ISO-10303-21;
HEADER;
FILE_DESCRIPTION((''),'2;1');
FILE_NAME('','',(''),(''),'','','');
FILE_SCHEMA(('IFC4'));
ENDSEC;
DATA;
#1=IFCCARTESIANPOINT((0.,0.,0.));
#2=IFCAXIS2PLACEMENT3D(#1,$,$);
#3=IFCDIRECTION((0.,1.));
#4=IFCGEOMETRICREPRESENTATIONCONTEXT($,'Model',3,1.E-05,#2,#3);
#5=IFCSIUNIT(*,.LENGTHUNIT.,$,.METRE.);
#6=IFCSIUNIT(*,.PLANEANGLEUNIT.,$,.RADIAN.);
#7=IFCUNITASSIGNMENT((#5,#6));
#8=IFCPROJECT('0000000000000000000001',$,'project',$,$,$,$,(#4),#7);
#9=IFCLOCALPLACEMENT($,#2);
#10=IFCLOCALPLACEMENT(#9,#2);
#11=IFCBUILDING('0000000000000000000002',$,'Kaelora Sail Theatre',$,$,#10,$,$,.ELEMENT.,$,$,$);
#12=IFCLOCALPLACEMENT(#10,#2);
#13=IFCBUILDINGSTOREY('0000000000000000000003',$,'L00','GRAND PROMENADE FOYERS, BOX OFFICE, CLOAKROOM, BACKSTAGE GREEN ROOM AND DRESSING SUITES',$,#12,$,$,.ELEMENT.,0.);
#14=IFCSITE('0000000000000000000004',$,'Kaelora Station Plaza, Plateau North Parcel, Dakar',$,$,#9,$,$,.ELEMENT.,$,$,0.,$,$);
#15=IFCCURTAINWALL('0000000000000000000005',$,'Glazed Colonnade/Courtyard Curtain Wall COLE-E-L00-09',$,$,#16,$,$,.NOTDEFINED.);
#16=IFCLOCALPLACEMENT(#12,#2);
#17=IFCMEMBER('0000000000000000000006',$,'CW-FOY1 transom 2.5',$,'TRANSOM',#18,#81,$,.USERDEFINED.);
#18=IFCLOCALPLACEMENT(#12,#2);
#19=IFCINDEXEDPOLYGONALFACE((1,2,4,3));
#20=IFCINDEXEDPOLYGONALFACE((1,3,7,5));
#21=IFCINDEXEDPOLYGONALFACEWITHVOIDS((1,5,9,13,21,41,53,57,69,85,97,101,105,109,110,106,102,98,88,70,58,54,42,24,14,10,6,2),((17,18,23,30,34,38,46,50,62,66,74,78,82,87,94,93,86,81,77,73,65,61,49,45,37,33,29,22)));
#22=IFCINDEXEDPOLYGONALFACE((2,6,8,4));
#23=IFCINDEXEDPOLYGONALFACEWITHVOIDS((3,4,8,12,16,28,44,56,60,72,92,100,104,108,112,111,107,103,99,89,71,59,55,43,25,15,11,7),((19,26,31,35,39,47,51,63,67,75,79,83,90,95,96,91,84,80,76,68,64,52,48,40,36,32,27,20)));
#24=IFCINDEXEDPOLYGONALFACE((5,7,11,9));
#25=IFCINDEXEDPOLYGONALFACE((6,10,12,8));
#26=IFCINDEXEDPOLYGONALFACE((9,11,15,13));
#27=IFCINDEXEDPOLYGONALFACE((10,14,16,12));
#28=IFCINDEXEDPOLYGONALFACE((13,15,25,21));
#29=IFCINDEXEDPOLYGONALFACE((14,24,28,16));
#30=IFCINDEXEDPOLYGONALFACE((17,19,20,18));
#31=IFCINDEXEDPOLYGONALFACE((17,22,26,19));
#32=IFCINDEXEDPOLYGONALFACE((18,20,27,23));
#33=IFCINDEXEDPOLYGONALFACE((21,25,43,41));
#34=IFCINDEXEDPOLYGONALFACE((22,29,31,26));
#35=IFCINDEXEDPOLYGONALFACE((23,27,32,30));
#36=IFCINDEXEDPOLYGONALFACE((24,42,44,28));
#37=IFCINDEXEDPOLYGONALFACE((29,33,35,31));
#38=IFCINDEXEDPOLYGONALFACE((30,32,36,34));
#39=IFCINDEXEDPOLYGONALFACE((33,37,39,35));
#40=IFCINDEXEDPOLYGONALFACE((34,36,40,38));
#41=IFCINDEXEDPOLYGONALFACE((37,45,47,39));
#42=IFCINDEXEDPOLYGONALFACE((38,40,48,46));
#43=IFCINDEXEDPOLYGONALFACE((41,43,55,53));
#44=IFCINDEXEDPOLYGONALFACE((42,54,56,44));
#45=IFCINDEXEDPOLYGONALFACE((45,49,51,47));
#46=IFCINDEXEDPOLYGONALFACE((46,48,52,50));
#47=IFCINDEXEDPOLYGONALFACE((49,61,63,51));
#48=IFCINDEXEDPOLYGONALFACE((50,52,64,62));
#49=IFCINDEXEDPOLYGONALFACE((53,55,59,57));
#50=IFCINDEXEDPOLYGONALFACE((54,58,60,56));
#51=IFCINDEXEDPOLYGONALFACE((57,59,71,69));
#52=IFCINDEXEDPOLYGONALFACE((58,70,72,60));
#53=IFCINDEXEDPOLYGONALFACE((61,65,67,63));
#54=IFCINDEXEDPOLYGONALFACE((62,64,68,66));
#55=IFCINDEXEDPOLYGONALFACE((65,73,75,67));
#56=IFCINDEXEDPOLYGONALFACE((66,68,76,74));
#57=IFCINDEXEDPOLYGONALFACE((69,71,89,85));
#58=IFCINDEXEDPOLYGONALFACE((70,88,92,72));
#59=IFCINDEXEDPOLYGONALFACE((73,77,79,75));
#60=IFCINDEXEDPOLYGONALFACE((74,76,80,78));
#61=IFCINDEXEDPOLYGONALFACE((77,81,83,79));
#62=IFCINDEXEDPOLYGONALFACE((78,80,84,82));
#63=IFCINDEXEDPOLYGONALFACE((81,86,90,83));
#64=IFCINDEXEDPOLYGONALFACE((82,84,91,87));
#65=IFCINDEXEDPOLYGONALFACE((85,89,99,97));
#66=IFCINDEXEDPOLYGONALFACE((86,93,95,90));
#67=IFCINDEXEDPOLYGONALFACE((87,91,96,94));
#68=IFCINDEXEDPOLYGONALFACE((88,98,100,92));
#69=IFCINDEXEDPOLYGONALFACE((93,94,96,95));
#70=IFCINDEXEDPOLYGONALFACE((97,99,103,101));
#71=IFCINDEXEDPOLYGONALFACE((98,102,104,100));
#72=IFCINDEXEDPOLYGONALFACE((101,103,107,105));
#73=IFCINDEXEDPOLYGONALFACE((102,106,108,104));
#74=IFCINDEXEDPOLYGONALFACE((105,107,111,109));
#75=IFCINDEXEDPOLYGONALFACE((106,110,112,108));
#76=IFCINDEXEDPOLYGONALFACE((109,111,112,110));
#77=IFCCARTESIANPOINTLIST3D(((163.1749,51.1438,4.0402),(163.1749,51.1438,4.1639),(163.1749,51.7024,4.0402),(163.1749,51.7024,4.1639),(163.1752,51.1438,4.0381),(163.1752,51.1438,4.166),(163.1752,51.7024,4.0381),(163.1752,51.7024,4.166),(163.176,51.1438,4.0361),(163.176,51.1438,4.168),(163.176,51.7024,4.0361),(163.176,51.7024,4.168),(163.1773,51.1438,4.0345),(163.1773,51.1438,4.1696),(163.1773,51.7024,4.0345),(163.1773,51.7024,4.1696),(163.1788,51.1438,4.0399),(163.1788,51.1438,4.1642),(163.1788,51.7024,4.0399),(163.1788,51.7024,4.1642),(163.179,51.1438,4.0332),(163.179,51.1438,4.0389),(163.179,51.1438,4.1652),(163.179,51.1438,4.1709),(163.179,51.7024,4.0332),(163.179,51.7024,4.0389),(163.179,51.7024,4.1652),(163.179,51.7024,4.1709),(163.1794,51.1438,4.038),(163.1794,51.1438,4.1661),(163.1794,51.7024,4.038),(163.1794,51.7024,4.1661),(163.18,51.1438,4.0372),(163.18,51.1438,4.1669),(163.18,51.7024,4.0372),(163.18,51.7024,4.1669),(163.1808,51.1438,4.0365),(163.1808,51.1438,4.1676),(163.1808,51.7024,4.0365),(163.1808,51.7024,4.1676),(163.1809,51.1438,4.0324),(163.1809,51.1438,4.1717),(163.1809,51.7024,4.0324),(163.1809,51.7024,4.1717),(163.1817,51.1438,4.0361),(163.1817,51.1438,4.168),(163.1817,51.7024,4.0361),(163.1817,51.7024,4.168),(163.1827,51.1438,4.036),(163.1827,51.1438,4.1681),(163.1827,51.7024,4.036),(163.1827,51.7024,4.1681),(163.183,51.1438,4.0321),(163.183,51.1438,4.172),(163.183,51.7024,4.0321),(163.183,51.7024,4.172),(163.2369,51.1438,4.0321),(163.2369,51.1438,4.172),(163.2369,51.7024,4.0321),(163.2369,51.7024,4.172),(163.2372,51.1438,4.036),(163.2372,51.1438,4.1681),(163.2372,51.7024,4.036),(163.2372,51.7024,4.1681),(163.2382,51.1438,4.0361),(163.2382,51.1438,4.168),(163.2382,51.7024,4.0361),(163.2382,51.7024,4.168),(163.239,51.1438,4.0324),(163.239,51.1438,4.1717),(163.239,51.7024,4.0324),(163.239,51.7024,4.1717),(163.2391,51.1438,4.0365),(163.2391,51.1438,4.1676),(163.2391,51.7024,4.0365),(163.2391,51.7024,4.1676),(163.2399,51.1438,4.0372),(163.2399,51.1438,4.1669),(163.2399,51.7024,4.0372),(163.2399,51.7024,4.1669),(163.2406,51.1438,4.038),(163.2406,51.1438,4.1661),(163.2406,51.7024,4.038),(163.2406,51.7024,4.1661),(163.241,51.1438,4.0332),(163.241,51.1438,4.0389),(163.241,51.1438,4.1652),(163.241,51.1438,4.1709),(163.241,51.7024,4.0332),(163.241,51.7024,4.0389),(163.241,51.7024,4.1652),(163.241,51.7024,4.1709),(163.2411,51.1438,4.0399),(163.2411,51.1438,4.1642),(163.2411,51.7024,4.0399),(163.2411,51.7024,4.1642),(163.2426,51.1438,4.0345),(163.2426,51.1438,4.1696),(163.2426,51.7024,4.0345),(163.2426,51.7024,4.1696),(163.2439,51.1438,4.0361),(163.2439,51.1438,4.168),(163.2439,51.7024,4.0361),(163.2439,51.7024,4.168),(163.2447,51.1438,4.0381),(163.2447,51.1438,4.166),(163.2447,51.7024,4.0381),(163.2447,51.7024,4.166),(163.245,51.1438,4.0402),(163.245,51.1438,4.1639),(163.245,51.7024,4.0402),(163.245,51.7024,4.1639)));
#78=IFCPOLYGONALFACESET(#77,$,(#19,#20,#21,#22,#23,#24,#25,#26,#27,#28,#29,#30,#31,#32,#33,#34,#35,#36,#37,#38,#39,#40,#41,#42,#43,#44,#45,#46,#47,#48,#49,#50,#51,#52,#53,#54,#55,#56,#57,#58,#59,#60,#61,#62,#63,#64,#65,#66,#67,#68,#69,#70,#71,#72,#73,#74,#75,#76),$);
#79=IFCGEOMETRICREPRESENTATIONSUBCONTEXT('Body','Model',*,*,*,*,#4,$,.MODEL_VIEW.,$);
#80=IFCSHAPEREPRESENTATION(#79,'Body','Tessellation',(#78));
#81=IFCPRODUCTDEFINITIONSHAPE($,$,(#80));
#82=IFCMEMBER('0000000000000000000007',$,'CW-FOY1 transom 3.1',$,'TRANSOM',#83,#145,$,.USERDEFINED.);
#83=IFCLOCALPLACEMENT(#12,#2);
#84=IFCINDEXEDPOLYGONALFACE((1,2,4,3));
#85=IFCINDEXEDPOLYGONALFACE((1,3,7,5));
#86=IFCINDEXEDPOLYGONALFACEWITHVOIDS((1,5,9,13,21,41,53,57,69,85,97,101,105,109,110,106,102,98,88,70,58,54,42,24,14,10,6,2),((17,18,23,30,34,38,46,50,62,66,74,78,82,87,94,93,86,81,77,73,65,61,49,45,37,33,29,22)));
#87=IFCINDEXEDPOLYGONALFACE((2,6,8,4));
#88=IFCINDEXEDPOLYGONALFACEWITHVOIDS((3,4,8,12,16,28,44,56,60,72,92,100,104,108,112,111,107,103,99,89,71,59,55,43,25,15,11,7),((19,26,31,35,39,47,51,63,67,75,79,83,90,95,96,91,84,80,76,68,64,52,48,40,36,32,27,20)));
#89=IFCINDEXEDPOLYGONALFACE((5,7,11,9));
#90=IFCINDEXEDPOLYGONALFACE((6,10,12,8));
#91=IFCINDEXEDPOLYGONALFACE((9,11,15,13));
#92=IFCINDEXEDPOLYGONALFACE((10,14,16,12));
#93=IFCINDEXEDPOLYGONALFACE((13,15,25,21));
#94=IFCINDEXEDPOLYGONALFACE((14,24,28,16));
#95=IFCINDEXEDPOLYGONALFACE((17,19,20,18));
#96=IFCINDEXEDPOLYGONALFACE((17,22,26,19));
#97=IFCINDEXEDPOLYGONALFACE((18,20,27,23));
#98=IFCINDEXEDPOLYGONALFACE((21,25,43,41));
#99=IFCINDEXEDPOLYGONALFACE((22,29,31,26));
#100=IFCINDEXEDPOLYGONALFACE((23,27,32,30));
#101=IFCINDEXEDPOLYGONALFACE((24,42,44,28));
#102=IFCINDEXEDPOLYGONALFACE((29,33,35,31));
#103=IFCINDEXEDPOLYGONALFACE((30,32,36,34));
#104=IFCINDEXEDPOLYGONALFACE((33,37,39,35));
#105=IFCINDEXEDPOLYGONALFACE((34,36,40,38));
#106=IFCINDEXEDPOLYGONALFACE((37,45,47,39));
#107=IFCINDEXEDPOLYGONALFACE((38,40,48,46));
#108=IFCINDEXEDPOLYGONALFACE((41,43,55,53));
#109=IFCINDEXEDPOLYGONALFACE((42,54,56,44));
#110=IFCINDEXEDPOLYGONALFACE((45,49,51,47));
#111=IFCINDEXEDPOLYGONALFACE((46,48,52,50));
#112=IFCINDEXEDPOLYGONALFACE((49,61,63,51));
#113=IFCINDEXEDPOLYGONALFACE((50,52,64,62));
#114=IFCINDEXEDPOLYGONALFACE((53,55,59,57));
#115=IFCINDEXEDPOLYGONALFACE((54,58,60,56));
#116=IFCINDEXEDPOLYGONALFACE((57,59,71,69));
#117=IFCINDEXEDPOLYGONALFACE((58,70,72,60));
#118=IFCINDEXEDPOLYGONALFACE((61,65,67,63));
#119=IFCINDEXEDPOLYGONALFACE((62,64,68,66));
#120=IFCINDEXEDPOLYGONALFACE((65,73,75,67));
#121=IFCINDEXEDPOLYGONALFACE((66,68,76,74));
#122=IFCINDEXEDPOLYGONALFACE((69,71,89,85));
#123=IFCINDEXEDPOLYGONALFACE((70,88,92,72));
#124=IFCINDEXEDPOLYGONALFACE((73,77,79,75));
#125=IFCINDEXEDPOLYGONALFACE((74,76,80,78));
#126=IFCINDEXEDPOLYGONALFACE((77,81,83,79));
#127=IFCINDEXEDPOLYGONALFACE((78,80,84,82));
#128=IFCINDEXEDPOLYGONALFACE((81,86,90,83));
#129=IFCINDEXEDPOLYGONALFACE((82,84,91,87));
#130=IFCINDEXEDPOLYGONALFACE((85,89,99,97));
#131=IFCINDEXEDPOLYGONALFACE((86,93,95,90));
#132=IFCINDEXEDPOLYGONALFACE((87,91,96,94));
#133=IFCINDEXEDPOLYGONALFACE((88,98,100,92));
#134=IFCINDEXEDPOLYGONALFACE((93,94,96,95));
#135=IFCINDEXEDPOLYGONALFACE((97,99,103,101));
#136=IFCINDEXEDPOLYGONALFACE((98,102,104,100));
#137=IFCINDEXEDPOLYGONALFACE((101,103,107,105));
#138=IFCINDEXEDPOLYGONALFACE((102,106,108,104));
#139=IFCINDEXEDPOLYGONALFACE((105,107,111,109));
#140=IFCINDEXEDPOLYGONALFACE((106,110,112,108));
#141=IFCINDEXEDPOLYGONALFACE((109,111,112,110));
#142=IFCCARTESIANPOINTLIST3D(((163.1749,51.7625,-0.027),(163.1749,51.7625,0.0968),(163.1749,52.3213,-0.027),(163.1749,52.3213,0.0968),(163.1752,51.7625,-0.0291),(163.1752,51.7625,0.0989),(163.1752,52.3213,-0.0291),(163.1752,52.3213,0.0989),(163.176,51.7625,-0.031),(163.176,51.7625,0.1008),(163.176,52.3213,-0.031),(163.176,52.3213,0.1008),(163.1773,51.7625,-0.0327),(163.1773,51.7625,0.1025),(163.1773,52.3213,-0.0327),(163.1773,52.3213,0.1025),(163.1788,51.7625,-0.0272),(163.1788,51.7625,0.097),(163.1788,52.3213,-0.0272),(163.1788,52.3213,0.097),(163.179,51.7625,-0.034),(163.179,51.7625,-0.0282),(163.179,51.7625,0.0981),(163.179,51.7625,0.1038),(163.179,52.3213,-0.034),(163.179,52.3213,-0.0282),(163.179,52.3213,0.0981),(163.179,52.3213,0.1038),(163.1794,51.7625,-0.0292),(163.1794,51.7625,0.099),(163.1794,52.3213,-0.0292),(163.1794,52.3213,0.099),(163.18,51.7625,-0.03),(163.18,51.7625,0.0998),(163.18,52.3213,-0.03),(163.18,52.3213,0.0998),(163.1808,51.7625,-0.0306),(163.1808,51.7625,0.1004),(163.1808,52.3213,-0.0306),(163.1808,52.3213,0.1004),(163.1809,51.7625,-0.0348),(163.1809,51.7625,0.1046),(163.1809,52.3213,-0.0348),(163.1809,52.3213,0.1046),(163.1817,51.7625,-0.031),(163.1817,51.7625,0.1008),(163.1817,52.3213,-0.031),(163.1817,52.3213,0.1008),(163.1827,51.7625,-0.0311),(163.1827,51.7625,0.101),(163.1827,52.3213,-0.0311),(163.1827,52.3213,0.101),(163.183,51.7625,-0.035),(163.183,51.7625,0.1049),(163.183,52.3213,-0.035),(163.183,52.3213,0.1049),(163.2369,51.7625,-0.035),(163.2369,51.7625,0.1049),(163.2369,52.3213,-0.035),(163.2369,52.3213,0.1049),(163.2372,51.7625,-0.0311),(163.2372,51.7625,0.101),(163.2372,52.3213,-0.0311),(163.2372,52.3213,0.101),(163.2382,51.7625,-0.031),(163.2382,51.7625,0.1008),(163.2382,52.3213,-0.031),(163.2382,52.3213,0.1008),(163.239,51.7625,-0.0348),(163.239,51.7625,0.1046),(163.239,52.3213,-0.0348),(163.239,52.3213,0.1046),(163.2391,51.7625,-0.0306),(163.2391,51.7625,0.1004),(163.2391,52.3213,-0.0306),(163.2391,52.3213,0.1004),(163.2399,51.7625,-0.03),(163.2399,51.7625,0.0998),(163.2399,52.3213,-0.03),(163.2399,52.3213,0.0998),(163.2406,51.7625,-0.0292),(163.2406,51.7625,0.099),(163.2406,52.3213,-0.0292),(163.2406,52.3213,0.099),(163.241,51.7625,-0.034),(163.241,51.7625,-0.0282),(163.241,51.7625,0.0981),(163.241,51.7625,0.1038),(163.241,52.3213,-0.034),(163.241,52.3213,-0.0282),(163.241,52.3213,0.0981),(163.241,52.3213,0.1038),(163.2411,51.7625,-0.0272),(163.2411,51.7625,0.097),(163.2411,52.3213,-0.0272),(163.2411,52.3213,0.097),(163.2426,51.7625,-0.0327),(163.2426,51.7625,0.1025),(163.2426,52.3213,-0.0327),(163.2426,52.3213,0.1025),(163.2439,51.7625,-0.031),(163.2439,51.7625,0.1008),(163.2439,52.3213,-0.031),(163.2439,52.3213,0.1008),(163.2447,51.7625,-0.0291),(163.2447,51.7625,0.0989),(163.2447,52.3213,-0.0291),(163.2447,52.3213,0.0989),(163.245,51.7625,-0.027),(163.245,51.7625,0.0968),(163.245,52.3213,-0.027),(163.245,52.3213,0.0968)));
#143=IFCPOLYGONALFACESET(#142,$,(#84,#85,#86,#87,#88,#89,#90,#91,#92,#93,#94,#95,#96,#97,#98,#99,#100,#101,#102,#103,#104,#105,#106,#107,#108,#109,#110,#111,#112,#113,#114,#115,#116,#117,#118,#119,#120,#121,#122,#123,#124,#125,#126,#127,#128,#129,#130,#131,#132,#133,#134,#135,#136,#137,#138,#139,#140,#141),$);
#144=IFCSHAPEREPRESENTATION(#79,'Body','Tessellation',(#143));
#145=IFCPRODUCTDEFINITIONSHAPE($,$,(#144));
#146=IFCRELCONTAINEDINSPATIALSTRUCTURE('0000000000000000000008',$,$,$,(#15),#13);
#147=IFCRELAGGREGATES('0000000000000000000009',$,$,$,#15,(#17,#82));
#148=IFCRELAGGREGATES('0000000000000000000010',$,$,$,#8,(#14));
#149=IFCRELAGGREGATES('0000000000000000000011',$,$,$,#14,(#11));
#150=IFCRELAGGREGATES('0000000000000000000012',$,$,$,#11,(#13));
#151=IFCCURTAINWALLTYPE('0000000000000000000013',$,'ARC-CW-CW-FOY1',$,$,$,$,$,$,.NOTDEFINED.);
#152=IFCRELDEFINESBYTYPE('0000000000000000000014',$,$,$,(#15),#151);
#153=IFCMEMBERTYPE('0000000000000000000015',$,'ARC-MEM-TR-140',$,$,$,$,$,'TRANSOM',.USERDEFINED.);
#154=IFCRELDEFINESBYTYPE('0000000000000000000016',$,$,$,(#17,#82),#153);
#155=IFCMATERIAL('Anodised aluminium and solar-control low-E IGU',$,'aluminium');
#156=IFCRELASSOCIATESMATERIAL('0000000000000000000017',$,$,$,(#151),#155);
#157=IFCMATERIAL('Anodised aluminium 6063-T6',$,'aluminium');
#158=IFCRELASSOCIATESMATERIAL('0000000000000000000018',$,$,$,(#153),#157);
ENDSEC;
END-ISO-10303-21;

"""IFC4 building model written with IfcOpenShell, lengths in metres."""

from ifc_helpers import new_model, si_unit, direction, frame, origin, origin_2d, place, context, subcontext, project, spatial, hollow_rectangle, extrude, material, material_profile, profile_set, type_object, element, aggregate, save


model = new_model("IFC4")

# Units and contexts
model_context = context("Model", 3, precision=1e-05, world=origin(), true_north=direction((0.0, 1.0)))
body_context = subcontext(model_context, "Body", "Model", "MODEL_VIEW")
ifc_project = project(units=[si_unit("LENGTHUNIT", "METRE"), si_unit("PLANEANGLEUNIT", "RADIAN")], contexts=[model_context])

# Site, building, storey
site_placement = place(None, origin())
site = spatial("IfcSite", under=ifc_project, at=site_placement, Name="Kaelora Station Plaza, Plateau North Parcel, Dakar", CompositionType="ELEMENT", RefElevation=0.0)
building_placement = place(site_placement, origin())
building = spatial("IfcBuilding", under=site, at=building_placement, Name="Kaelora Sail Theatre", CompositionType="ELEMENT")
storey_placement = place(building_placement, origin())
storey = spatial("IfcBuildingStorey", under=building, at=storey_placement, Name="L00", Description="GRAND PROMENADE FOYERS, BOX OFFICE, CLOAKROOM, BACKSTAGE GREEN ROOM AND DRESSING SUITES", CompositionType="ELEMENT", Elevation=0.0)

# Curtain wall, members
ifc_material_1 = material(Name="Anodised aluminium and solar-control low-E IGU", Category="aluminium")
curtain_wall_type = type_object("IfcCurtainWallType", Name="ARC-CW-CW-FOY1", PredefinedType="NOTDEFINED", material=ifc_material_1)
curtain_wall_placement = place(storey_placement, origin())
curtain_wall = element("IfcCurtainWall", 1, at=curtain_wall_placement, inside=storey, type_object=curtain_wall_type, Name="Glazed Colonnade/Courtyard Curtain Wall COLE-E-L00-09", PredefinedType="NOTDEFINED")
ifc_material_2 = material(Name="Anodised aluminium 6063-T6", Category="aluminium")
ifc_material_profile_1 = material_profile(ifc_material_2, hollow_rectangle(XDim=0.0701, YDim=0.1399, WallThickness=0.0039, InnerFilletRadius=0.0039, OuterFilletRadius=0.0081, at=origin_2d()), Name="ALU-TRAN 70x140x4")
ifc_profile_set_1 = profile_set([ifc_material_profile_1], Name="Anodised aluminium 6063-T6")
member_type_1 = type_object("IfcMemberType", Name="ARC-MEM-TR-140", ElementType="TRANSOM", PredefinedType="USERDEFINED", material=ifc_profile_set_1)
member_1_placement = place(storey_placement, frame((163.21, 51.1438, 4.1021), z_axis=(0.0, 1.0, 0.0), x_axis=(-1.0, 0.0, 0.0)))
member_1 = element("IfcMember", 2, at=member_1_placement, type_object=member_type_1, Name="CW-FOY1 transom 2.5", ObjectType="TRANSOM", PredefinedType="USERDEFINED", context=body_context, shape_type="SweptSolid", body=[
    extrude(hollow_rectangle(XDim=0.0701, YDim=0.1399, WallThickness=0.0039, InnerFilletRadius=0.0039, OuterFilletRadius=0.0081, at=origin_2d()), origin(), (0.0, 0.0, 1.0), 0.5586),
])
member_2_placement = place(storey_placement, frame((163.21, 51.7625, 0.0349), z_axis=(0.0, 1.0, 0.0), x_axis=(-1.0, 0.0, 0.0)))
member_2 = element("IfcMember", 3, at=member_2_placement, type_object=member_type_1, Name="CW-FOY1 transom 3.1", ObjectType="TRANSOM", PredefinedType="USERDEFINED", context=body_context, shape_type="SweptSolid", body=[
    extrude(hollow_rectangle(XDim=0.0701, YDim=0.1399, WallThickness=0.0039, InnerFilletRadius=0.0039, OuterFilletRadius=0.0081, at=origin_2d()), origin(), (0.0, 0.0, 1.0), 0.5588),
])
aggregate(curtain_wall, [member_1, member_2])

save(model, "model.ifc")
